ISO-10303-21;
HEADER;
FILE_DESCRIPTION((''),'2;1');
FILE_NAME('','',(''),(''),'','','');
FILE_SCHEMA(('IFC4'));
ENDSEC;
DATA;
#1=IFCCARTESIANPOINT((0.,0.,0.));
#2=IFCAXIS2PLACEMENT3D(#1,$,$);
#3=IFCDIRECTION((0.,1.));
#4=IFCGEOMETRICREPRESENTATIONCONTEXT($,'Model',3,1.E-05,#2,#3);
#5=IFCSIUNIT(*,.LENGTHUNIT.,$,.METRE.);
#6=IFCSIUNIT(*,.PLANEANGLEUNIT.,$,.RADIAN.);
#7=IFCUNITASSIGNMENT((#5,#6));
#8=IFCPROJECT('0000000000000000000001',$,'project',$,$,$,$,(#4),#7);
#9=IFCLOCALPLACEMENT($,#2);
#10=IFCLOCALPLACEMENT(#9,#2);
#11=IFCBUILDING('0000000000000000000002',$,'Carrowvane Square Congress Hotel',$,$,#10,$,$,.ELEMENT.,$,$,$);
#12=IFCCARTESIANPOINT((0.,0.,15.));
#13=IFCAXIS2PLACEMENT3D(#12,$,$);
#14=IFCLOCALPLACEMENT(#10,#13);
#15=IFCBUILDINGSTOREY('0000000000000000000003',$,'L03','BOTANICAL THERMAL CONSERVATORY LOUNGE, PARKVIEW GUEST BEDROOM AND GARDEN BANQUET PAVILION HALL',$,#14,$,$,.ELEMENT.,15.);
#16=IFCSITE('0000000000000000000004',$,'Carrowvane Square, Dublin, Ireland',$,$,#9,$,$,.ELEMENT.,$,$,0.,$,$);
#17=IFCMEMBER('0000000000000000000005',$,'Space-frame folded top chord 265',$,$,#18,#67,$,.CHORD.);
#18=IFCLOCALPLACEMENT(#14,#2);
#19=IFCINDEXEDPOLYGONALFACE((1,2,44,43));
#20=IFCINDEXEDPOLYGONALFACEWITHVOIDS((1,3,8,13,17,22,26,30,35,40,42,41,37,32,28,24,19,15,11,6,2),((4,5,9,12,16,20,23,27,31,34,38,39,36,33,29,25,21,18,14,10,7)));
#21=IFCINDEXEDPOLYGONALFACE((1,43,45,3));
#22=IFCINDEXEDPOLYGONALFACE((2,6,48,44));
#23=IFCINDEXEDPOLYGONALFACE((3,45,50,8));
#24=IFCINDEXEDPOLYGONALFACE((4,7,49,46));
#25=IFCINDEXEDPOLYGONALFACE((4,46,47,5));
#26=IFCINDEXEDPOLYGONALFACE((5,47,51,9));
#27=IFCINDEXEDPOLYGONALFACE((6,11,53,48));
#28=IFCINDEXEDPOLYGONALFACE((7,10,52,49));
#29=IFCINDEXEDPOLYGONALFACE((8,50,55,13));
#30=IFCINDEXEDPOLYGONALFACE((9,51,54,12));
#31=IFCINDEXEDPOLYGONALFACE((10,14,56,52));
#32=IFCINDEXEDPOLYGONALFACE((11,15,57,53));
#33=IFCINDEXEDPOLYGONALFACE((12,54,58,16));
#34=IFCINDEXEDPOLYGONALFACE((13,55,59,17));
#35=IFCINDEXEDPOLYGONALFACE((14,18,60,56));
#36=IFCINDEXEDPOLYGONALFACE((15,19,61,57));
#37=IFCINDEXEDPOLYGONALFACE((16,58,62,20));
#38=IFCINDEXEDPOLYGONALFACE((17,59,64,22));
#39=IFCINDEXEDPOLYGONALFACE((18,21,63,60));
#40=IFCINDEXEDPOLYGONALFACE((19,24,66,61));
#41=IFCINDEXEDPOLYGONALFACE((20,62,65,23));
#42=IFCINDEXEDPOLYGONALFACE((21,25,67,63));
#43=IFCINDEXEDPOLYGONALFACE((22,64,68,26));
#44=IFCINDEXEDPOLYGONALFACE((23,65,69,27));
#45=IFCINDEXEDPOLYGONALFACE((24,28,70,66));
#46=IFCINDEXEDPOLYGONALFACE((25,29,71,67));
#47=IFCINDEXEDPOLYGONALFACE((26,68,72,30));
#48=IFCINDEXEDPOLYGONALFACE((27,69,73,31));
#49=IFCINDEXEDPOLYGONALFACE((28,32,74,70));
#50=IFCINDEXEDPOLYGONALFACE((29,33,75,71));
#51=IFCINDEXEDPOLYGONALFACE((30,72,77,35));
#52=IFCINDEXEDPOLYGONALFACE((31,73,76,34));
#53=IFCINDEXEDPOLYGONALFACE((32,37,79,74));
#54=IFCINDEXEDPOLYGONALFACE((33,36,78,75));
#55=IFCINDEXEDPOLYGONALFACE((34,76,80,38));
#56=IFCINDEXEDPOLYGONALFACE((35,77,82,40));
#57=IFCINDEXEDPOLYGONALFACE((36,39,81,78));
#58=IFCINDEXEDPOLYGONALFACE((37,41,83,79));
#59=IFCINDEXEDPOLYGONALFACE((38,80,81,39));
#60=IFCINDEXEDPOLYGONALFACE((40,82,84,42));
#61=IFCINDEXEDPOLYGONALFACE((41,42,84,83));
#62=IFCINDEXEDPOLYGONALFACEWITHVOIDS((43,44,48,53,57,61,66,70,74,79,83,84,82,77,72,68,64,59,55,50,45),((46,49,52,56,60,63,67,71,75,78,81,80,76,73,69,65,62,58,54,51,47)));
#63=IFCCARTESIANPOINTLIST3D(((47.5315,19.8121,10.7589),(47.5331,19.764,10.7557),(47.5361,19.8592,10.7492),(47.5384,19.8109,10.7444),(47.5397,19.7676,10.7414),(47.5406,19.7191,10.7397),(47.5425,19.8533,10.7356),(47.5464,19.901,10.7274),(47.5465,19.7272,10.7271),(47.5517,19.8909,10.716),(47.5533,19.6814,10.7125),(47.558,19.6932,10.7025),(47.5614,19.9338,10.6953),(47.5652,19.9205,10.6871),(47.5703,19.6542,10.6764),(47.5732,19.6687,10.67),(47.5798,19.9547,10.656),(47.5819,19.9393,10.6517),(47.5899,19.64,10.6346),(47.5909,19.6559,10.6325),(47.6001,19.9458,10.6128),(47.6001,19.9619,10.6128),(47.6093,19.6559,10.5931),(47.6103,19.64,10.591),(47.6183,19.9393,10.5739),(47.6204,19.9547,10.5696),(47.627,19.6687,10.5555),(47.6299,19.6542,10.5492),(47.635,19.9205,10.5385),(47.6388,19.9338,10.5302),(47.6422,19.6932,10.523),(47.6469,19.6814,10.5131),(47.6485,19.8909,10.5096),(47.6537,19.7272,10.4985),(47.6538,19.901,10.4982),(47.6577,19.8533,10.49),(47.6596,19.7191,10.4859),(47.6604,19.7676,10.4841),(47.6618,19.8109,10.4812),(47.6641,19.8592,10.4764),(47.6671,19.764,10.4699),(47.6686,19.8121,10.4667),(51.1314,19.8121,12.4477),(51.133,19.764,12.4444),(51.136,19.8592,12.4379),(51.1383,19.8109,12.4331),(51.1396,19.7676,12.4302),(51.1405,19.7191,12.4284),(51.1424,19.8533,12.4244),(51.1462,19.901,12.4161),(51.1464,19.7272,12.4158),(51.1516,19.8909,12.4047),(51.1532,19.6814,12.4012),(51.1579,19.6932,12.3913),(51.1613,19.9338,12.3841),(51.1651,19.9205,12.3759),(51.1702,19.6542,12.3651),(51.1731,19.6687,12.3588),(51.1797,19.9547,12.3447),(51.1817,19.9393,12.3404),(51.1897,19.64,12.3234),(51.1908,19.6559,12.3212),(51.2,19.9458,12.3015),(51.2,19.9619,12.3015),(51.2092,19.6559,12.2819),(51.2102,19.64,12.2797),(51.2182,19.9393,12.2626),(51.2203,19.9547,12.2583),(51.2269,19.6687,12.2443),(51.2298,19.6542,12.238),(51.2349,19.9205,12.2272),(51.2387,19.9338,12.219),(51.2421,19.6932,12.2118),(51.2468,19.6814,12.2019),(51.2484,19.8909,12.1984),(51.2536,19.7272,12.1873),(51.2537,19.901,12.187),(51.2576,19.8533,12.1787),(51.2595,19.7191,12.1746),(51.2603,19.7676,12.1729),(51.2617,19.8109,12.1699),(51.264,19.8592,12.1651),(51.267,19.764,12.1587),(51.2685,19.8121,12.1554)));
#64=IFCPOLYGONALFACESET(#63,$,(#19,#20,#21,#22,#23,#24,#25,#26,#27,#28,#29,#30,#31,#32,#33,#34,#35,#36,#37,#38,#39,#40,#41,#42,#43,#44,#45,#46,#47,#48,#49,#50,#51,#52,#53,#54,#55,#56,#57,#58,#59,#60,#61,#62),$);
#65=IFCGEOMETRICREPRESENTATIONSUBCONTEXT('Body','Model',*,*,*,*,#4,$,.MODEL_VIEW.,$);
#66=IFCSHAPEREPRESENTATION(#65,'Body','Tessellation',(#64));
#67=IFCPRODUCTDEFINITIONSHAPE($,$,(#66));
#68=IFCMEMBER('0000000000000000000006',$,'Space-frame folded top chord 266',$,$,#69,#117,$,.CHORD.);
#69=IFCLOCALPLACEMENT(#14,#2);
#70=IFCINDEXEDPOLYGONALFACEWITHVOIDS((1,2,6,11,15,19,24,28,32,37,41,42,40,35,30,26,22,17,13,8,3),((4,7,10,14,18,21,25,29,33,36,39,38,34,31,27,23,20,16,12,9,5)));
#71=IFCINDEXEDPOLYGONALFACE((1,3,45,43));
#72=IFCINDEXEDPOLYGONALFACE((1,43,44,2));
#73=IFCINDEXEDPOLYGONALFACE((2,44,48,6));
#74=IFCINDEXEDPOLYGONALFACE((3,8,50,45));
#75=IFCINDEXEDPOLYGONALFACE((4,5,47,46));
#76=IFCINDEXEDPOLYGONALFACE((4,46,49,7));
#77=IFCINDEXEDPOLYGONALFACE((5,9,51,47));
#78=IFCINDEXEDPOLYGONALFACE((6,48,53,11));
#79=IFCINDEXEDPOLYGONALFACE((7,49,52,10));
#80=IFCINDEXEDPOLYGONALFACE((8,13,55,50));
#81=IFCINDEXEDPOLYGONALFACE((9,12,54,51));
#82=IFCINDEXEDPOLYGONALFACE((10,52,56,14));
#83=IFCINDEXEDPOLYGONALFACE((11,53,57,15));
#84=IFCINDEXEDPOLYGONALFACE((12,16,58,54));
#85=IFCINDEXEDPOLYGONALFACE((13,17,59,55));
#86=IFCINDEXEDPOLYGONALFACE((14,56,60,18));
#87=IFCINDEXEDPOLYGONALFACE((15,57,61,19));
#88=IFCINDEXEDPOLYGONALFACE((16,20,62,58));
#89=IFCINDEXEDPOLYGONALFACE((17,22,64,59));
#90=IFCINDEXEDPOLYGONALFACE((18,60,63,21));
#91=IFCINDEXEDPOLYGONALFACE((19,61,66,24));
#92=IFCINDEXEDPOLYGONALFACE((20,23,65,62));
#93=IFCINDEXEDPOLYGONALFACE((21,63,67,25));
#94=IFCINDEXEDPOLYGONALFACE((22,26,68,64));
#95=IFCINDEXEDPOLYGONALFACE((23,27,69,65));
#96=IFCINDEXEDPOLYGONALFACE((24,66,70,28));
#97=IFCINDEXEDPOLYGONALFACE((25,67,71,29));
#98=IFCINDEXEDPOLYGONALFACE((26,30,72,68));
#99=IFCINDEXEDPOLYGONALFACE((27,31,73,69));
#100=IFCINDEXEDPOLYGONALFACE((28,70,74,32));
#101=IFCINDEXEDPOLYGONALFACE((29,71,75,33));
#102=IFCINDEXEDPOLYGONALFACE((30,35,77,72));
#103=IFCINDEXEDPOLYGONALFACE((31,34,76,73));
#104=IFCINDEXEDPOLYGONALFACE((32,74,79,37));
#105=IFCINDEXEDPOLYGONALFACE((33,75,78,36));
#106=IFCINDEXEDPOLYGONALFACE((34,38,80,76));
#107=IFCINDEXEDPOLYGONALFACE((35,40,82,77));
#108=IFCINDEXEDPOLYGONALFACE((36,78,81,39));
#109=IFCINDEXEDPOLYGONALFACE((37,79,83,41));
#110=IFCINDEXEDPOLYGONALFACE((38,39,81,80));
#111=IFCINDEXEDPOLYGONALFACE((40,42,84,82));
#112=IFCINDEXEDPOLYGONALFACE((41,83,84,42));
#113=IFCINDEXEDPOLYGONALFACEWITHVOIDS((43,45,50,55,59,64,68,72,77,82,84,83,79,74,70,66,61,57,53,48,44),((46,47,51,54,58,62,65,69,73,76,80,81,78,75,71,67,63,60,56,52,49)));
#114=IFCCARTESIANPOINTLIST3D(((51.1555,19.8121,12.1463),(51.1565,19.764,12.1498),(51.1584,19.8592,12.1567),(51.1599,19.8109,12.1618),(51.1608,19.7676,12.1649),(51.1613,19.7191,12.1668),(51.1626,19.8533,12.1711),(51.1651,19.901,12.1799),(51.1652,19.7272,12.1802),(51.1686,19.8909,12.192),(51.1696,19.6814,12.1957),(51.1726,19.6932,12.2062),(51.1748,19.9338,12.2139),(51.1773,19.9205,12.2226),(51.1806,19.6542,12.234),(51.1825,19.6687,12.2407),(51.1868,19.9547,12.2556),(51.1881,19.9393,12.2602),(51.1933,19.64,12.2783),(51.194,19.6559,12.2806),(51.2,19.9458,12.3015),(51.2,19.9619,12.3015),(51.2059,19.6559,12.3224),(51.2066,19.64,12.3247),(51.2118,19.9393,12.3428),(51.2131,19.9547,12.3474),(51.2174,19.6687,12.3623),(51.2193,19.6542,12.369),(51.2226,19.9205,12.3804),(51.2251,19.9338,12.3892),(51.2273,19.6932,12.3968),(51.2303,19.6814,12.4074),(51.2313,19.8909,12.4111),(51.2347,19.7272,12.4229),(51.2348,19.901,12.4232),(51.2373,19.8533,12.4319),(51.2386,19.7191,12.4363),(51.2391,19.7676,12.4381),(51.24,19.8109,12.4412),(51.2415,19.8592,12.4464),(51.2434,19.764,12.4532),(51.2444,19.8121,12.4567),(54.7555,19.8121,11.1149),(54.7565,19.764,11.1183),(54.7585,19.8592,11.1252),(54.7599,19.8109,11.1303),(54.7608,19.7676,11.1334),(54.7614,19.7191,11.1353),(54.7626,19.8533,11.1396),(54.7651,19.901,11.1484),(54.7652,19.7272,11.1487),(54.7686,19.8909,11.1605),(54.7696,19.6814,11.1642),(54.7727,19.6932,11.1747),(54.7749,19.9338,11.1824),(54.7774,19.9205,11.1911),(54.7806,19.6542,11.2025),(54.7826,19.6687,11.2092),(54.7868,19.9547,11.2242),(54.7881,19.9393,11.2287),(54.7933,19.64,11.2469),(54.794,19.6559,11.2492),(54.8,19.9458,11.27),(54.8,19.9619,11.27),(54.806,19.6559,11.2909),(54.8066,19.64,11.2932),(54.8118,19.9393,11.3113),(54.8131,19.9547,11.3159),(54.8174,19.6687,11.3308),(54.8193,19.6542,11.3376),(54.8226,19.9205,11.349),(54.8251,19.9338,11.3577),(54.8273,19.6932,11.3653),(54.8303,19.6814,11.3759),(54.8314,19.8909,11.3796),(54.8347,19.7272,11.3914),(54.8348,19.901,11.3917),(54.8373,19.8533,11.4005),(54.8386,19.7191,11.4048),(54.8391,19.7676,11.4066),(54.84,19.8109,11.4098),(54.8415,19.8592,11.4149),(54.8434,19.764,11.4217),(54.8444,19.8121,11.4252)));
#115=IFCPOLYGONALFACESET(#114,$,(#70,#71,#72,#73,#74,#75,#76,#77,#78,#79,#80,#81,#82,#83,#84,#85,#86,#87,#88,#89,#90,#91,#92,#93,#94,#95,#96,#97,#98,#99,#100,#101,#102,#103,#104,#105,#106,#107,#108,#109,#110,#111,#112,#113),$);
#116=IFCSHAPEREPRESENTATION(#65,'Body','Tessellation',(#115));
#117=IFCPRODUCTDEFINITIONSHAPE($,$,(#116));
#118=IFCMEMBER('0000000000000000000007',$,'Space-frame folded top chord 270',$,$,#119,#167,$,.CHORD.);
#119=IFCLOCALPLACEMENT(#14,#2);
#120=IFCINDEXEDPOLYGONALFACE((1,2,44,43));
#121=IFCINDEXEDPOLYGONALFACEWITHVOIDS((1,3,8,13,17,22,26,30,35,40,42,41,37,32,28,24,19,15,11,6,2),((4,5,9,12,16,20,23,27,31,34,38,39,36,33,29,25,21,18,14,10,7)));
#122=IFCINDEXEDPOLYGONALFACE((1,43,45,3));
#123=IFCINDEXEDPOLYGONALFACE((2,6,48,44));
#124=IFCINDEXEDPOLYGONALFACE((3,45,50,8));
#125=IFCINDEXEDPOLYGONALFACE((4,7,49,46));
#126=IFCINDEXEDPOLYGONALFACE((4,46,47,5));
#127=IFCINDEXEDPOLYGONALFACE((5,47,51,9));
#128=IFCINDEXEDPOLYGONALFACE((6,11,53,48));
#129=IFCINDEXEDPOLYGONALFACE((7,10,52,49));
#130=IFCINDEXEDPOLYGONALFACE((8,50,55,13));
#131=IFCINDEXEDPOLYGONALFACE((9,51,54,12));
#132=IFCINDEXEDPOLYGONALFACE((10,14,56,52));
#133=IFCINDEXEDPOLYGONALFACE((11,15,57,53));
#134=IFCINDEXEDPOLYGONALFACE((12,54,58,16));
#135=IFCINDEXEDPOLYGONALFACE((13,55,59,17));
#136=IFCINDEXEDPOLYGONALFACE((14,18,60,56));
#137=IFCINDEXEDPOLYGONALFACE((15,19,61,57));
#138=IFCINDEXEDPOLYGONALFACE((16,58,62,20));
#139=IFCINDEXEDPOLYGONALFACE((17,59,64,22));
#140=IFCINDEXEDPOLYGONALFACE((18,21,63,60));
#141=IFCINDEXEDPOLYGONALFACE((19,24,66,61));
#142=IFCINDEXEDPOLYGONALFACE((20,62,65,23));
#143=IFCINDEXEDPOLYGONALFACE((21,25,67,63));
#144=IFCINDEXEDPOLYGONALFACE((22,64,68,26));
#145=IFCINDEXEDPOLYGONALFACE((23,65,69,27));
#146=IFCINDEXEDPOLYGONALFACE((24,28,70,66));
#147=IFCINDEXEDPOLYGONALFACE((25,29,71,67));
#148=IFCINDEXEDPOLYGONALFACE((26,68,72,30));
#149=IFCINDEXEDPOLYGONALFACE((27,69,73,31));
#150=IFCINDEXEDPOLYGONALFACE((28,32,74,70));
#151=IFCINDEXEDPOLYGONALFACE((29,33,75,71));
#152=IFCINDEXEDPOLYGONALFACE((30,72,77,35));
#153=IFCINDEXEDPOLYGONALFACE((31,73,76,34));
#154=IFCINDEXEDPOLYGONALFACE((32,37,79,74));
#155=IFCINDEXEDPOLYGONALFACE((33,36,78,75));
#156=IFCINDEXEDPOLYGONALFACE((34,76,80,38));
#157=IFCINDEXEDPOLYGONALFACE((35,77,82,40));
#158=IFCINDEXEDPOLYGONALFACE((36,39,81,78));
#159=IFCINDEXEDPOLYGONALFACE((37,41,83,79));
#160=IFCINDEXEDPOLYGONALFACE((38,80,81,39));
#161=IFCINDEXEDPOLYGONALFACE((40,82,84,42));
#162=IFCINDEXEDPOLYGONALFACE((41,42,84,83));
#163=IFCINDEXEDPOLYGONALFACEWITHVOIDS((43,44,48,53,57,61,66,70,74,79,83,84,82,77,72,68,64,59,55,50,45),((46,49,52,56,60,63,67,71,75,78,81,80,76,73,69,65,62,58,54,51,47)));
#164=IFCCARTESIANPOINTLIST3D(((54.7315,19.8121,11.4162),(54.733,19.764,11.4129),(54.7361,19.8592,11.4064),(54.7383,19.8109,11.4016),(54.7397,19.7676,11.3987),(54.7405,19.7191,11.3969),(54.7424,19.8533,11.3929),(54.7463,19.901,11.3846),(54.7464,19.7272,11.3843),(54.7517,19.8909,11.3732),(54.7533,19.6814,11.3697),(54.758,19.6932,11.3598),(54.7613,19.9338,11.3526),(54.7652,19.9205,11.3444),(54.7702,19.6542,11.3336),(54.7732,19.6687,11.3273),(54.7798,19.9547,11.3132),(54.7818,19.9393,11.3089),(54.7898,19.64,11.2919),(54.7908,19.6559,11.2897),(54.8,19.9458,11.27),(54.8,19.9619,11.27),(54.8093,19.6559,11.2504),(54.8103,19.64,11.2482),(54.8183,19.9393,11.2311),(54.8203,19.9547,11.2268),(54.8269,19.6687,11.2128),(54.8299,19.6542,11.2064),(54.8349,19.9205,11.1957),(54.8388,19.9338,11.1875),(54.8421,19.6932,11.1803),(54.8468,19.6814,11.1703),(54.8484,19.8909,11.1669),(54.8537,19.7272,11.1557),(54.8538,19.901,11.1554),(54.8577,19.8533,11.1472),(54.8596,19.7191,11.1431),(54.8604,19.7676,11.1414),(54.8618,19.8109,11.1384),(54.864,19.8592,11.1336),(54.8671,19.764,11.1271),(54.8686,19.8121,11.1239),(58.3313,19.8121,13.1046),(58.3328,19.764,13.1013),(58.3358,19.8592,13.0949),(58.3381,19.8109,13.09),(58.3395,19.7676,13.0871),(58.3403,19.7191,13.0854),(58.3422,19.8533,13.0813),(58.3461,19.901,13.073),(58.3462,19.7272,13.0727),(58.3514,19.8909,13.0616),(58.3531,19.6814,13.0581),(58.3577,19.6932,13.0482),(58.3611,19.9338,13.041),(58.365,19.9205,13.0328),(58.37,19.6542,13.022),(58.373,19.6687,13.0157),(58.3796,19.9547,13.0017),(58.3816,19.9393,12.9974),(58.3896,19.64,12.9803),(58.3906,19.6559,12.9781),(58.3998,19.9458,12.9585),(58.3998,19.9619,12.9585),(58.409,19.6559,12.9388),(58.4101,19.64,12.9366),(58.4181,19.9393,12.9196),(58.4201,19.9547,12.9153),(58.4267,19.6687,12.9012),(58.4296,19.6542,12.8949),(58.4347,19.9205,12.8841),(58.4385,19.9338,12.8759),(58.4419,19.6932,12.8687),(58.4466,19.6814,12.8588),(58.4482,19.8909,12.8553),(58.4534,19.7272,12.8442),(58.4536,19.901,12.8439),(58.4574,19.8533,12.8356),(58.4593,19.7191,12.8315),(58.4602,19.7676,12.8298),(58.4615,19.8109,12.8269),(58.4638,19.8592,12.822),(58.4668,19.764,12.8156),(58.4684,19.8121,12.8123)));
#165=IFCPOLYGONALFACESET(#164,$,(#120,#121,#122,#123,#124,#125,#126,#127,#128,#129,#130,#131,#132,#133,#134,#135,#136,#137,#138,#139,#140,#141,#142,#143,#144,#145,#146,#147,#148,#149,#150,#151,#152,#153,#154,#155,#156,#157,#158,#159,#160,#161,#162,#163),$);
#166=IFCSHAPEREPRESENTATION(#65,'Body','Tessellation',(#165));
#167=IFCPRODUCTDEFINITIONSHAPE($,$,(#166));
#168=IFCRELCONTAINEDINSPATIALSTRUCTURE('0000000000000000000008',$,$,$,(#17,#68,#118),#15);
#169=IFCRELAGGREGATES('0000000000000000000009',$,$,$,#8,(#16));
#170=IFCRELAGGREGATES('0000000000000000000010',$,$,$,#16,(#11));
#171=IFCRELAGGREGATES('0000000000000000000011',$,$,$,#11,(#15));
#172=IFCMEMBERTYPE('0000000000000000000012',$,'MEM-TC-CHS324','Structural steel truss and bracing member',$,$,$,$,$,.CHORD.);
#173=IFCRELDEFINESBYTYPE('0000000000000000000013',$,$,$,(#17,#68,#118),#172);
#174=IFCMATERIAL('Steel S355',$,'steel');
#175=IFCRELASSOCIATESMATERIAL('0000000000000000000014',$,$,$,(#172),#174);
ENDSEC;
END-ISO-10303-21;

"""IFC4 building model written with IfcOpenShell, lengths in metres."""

from ifc_helpers import new_model, si_unit, direction, frame, origin, origin_2d, place, context, subcontext, project, spatial, hollow_circle, extrude, material, material_profile, profile_set, type_object, element, save


model = new_model("IFC4")

# Units and contexts
model_context = context("Model", 3, precision=1e-05, world=origin(), true_north=direction((0.0, 1.0)))
body_context = subcontext(model_context, "Body", "Model", "MODEL_VIEW")
ifc_project = project(units=[si_unit("LENGTHUNIT", "METRE"), si_unit("PLANEANGLEUNIT", "RADIAN")], contexts=[model_context])

# Site, building, storey
site_placement = place(None, origin())
site = spatial("IfcSite", under=ifc_project, at=site_placement, Name="Carrowvane Square, Dublin, Ireland", CompositionType="ELEMENT", RefElevation=0.0)
building_placement = place(site_placement, origin())
building = spatial("IfcBuilding", under=site, at=building_placement, Name="Carrowvane Square Congress Hotel", CompositionType="ELEMENT")
storey_placement = place(building_placement, frame((0.0, 0.0, 15.0)))
storey = spatial("IfcBuildingStorey", under=building, at=storey_placement, Name="L03", Description="BOTANICAL THERMAL CONSERVATORY LOUNGE, PARKVIEW GUEST BEDROOM AND GARDEN BANQUET PAVILION HALL", CompositionType="ELEMENT", Elevation=15.0)

# Members
ifc_material_1 = material(Name="Steel S355", Category="steel")
ifc_material_profile_1 = material_profile(ifc_material_1, hollow_circle(Radius=0.1619, WallThickness=0.0161, at=origin_2d()), Name="CHS 323.9x16")
ifc_profile_set_1 = profile_set([ifc_material_profile_1], Name="Steel S355")
member_type_1 = type_object("IfcMemberType", Name="MEM-TC-CHS324", Description="Structural steel truss and bracing member", PredefinedType="CHORD", material=ifc_profile_set_1)
member_1_placement = place(storey_placement, frame((47.6001, 19.8, 10.6128), z_axis=(0.905334, 0.0, 0.4247), x_axis=(0.0, 1.0, 0.0)))
element("IfcMember", 1, at=member_1_placement, inside=storey, type_object=member_type_1, Name="Space-frame folded top chord 265", PredefinedType="CHORD", context=body_context, shape_type="SweptSolid", body=[
    extrude(hollow_circle(Radius=0.1619, WallThickness=0.0161, at=origin_2d()), origin(), (0.0, 0.0, 1.0), 3.9763),
])
member_2_placement = place(storey_placement, frame((51.2, 19.8, 12.3015), z_axis=(0.961319, 0.0, -0.275436), x_axis=(0.0, 1.0, 0.0)))
element("IfcMember", 2, at=member_2_placement, inside=storey, type_object=member_type_1, Name="Space-frame folded top chord 266", PredefinedType="CHORD", context=body_context, shape_type="SweptSolid", body=[
    extrude(hollow_circle(Radius=0.1619, WallThickness=0.0161, at=origin_2d()), origin(), (0.0, 0.0, 1.0), 3.7449),
])
member_3_placement = place(storey_placement, frame((54.8, 19.8, 11.27), z_axis=(0.905358, 0.0, 0.424649), x_axis=(0.0, 1.0, 0.0)))
element("IfcMember", 3, at=member_3_placement, inside=storey, type_object=member_type_1, Name="Space-frame folded top chord 270", PredefinedType="CHORD", context=body_context, shape_type="SweptSolid", body=[
    extrude(hollow_circle(Radius=0.1619, WallThickness=0.0161, at=origin_2d()), origin(), (0.0, 0.0, 1.0), 3.9761),
])

save(model, "model.ifc")
